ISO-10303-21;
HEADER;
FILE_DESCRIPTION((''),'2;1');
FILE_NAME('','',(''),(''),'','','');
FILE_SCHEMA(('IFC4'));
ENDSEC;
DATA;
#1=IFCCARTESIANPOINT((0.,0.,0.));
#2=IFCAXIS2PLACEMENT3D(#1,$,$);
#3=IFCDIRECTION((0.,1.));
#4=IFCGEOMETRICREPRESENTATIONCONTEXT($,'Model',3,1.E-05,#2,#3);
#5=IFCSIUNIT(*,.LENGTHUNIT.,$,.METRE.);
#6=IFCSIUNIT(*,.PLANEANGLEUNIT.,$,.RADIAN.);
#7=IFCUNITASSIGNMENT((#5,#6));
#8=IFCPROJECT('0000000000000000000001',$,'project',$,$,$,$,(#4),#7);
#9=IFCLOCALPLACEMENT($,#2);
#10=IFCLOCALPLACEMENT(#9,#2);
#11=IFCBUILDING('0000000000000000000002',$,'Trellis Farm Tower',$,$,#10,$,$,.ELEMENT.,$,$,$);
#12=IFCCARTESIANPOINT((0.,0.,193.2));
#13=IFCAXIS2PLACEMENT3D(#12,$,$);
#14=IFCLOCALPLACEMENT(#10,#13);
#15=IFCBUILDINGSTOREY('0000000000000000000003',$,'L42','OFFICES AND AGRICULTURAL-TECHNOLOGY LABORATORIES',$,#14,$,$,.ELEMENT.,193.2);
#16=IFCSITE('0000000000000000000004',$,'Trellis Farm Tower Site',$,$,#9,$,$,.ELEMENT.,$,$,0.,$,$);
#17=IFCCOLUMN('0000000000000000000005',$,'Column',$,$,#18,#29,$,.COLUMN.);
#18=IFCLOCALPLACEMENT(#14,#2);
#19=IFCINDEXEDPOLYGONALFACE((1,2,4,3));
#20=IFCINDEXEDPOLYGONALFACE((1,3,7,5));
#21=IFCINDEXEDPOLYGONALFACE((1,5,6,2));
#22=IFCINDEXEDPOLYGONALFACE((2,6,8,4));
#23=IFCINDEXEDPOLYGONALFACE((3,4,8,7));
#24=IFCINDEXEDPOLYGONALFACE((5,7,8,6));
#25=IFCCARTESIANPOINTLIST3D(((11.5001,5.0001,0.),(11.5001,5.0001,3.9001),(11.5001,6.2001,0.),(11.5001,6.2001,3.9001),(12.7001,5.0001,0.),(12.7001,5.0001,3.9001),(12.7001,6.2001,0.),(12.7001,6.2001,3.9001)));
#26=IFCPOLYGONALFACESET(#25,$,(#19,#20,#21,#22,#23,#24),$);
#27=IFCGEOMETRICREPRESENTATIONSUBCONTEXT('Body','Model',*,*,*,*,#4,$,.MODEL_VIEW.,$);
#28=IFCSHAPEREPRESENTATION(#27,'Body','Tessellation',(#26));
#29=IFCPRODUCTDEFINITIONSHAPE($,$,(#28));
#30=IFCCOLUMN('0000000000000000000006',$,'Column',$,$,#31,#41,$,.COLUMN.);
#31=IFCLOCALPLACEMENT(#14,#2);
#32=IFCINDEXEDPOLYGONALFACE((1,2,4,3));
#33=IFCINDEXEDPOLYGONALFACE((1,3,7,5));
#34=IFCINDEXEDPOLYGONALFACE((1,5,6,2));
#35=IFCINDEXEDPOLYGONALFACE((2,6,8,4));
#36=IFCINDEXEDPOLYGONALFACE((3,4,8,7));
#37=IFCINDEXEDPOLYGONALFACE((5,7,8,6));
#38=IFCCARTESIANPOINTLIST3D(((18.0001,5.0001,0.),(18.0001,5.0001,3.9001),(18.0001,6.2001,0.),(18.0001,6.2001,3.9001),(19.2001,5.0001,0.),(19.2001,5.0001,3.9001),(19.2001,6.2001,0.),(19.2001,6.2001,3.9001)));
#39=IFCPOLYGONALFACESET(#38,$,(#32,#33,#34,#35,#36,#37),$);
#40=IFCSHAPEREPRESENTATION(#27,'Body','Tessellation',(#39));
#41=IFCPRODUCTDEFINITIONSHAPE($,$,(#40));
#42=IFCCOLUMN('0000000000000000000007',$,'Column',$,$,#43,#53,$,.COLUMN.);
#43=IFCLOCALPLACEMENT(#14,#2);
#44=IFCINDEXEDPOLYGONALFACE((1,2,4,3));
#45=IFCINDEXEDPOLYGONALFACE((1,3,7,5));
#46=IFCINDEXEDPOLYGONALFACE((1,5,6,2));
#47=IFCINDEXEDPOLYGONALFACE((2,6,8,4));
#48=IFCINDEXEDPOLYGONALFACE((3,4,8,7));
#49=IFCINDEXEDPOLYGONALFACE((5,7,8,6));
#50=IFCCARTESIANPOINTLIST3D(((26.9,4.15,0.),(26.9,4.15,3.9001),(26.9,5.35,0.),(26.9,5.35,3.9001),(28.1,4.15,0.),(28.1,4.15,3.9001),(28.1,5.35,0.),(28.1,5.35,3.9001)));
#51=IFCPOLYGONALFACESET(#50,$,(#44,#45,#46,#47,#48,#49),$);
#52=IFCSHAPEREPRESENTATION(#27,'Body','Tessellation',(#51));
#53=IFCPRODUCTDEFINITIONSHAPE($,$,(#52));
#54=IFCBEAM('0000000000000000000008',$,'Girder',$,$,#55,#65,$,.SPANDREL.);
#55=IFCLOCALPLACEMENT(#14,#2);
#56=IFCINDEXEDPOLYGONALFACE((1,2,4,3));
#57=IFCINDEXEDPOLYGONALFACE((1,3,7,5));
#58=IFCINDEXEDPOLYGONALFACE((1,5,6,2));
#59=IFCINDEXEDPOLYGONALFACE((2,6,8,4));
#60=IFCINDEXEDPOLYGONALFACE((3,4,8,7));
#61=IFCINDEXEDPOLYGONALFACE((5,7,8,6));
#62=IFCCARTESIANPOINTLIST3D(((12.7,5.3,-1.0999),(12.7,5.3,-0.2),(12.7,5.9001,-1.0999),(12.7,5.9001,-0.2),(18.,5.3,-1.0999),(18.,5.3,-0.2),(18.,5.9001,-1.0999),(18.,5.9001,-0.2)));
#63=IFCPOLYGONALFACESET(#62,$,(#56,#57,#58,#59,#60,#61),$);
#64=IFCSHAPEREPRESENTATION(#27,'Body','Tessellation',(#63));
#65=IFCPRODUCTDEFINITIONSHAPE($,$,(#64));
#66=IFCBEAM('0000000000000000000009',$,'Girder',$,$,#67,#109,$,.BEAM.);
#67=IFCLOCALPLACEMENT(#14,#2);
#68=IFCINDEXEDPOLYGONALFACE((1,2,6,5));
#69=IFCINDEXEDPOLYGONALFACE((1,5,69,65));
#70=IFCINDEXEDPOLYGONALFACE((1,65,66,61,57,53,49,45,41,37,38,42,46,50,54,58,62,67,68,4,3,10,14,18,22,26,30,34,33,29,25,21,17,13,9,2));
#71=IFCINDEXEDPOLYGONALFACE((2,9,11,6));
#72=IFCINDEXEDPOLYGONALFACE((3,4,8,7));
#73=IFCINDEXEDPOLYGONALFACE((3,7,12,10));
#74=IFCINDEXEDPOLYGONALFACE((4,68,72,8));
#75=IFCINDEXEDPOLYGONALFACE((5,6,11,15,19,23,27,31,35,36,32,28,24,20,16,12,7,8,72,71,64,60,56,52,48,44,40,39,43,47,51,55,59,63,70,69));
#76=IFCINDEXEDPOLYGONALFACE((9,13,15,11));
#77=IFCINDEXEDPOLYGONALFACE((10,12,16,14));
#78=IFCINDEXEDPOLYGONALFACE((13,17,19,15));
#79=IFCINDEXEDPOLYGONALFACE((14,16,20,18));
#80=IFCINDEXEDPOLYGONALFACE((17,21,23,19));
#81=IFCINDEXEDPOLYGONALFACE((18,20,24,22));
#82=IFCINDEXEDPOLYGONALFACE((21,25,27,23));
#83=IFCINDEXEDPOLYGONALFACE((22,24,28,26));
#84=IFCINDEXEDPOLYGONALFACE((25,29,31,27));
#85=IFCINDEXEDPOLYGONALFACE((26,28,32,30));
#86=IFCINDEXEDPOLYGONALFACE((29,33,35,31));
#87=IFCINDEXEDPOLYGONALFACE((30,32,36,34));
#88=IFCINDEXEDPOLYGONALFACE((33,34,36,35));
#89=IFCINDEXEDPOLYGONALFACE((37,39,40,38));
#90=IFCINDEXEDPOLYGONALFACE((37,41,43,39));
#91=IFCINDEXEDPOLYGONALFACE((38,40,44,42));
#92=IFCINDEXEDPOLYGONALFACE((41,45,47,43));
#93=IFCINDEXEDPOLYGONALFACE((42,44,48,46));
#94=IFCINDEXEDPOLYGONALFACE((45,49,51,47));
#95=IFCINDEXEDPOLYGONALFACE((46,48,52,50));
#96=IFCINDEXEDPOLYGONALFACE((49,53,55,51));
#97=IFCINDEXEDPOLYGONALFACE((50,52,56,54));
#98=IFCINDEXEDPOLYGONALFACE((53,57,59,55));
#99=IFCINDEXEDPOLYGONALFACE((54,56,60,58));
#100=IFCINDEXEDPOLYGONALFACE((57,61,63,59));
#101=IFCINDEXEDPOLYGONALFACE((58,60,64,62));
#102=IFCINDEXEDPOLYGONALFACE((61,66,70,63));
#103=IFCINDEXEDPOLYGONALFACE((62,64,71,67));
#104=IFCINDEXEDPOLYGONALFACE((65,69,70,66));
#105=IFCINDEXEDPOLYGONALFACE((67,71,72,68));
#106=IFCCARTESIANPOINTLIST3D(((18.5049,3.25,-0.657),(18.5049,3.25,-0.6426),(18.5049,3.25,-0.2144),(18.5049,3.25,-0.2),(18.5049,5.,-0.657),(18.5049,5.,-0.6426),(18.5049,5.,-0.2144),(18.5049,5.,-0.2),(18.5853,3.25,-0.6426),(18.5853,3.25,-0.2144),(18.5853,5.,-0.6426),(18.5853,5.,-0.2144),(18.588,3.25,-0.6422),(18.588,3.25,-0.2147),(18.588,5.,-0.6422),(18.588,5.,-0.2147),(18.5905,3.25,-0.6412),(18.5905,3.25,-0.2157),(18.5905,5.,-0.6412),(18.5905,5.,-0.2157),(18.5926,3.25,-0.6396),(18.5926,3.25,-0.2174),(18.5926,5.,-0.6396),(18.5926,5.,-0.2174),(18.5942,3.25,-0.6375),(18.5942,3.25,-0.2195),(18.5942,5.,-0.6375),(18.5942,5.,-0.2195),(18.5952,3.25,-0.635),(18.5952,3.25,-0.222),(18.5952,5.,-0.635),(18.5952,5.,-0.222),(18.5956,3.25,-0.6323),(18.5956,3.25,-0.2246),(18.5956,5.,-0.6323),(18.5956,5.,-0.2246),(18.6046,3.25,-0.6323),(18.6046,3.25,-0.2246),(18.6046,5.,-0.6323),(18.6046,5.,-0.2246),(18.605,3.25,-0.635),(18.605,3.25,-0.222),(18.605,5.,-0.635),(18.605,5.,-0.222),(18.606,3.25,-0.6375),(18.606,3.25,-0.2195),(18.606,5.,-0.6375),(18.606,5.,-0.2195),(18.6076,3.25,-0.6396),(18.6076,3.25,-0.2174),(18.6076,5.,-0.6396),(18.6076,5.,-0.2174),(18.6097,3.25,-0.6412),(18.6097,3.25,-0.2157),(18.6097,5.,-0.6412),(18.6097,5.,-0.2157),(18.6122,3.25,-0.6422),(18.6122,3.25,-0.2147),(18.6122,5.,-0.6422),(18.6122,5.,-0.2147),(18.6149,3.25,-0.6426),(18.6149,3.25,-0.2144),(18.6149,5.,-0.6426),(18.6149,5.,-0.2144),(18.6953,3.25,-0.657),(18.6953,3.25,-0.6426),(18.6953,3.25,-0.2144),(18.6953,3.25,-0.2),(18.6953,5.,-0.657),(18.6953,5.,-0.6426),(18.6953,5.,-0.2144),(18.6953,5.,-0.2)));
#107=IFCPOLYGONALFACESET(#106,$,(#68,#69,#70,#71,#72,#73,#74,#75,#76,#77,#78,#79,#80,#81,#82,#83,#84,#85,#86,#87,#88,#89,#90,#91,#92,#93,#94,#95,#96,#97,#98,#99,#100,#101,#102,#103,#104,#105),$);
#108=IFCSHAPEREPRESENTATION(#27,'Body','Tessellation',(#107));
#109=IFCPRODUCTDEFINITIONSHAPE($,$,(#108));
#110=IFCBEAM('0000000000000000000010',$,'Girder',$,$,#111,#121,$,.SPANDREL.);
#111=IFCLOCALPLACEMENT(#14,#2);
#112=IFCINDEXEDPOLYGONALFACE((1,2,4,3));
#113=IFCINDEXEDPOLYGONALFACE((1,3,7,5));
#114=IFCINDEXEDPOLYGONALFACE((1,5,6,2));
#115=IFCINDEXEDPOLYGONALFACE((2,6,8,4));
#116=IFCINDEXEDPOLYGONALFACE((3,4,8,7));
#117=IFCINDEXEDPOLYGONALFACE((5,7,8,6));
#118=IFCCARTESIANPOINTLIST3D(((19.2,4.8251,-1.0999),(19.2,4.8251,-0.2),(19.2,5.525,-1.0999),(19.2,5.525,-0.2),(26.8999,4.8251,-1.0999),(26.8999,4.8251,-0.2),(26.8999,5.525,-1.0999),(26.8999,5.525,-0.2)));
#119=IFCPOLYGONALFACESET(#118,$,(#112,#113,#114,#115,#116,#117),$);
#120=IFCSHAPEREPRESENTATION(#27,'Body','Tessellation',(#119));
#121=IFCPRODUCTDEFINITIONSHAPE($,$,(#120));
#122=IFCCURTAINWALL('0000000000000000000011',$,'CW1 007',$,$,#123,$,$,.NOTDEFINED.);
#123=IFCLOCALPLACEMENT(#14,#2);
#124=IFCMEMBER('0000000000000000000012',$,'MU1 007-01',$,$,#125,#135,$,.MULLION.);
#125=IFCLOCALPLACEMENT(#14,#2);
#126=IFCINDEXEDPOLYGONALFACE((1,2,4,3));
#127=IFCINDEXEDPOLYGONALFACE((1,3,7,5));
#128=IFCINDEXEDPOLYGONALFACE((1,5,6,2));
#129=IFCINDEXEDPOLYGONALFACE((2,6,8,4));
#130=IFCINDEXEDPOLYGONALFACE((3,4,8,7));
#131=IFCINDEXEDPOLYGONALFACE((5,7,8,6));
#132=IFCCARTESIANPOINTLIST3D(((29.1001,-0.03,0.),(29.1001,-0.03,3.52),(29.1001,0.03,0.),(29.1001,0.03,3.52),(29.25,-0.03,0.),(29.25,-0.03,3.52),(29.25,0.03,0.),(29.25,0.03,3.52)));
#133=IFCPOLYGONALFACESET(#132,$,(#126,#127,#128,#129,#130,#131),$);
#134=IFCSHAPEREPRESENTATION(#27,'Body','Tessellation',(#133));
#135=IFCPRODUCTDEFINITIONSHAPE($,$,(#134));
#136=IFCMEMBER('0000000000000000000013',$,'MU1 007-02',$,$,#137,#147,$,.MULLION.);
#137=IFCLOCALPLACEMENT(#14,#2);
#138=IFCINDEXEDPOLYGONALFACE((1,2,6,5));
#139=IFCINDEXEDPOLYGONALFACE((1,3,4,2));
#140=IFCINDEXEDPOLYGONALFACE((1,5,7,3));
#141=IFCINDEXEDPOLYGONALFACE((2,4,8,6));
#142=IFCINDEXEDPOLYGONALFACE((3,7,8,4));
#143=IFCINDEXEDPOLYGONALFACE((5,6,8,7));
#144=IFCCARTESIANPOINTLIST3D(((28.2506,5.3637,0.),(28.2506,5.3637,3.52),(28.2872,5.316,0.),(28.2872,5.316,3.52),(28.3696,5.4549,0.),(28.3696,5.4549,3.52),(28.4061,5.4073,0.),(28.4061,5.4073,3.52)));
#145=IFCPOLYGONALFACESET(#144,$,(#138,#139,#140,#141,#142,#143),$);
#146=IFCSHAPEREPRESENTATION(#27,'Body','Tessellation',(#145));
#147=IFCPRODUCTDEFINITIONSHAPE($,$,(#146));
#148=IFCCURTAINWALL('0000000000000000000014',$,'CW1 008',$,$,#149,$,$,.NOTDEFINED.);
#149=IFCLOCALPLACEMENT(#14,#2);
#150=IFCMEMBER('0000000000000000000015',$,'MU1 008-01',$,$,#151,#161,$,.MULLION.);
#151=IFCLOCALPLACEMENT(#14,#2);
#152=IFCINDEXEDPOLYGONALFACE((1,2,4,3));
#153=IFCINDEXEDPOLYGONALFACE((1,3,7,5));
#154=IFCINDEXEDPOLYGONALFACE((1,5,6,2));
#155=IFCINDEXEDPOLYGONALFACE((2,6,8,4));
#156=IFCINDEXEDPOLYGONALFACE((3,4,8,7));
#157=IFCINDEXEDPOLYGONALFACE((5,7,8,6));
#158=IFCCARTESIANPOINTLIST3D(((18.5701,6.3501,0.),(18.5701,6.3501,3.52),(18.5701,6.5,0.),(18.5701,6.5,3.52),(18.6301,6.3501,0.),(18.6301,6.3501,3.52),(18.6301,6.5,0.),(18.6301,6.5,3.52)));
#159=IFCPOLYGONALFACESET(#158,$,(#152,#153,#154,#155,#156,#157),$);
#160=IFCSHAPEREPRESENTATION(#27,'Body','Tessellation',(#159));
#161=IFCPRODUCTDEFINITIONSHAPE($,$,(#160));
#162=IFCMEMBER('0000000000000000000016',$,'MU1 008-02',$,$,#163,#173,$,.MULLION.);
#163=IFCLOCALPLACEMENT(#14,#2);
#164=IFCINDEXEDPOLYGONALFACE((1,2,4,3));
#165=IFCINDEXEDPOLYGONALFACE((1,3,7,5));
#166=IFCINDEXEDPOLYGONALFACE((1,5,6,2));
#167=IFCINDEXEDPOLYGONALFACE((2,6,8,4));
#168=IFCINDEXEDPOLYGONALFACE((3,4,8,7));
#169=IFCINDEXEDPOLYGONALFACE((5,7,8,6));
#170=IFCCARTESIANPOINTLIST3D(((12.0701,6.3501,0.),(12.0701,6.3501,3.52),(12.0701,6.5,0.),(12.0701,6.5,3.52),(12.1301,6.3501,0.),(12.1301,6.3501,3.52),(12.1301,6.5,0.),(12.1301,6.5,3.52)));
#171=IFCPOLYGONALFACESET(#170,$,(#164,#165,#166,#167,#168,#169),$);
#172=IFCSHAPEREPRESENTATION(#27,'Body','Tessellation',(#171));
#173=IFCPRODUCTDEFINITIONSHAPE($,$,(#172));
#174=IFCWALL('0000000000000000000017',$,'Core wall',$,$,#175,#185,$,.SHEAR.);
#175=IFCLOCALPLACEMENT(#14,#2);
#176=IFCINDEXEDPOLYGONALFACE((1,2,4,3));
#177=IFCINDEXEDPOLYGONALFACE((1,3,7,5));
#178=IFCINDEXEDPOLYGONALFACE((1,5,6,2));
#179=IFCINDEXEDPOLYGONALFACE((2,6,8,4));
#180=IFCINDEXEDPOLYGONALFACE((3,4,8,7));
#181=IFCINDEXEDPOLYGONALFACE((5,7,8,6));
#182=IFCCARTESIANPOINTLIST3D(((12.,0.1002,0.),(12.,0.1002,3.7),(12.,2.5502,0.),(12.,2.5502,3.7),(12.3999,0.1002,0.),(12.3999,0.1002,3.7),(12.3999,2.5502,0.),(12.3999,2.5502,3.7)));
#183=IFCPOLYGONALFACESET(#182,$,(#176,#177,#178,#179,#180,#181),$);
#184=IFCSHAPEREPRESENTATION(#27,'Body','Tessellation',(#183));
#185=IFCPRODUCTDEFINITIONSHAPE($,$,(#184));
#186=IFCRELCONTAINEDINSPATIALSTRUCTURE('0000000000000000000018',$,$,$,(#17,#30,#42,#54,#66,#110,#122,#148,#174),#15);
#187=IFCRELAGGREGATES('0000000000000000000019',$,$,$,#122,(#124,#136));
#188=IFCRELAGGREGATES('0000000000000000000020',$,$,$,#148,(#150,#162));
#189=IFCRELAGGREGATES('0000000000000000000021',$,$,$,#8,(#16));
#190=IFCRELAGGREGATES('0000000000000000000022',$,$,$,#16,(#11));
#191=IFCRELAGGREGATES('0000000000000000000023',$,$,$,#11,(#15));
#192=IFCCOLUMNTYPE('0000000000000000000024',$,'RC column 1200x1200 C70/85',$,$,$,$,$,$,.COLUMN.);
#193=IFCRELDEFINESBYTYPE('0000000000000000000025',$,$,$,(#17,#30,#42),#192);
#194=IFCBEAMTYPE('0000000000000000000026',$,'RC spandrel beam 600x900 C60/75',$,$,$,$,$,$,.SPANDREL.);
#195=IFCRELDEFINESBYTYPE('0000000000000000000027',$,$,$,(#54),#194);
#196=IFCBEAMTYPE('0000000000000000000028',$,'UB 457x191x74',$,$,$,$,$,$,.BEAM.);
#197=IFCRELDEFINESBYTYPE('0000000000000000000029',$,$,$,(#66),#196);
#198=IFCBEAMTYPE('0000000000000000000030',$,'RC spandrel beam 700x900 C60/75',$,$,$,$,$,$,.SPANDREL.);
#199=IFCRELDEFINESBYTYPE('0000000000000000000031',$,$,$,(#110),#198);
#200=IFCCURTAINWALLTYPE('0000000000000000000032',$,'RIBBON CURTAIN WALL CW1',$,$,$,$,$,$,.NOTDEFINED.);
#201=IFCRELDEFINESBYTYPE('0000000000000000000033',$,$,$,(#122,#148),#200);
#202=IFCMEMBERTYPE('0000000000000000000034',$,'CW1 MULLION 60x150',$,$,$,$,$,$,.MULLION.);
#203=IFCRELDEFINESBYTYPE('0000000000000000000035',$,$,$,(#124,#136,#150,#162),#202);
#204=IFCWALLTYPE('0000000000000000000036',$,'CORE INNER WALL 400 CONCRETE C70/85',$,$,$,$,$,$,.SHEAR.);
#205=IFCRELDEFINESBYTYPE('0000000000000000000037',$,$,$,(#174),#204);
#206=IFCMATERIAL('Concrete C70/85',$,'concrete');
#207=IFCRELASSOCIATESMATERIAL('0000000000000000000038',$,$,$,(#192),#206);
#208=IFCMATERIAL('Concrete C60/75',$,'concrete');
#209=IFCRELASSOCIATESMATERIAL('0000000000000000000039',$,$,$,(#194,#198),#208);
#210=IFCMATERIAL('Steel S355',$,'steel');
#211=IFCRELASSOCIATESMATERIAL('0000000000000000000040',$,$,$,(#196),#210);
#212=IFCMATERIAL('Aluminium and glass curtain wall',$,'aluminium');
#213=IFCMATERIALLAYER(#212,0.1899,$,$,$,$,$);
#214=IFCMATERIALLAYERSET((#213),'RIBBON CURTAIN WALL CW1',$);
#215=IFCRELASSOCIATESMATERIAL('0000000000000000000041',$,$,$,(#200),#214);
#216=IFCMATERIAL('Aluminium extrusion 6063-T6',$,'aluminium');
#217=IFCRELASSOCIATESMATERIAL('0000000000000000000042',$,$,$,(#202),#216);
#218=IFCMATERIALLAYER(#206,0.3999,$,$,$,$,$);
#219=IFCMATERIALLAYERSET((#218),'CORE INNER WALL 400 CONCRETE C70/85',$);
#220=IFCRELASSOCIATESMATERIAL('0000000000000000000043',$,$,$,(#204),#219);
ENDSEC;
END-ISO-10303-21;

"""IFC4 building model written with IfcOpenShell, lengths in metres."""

from ifc_helpers import new_model, si_unit, direction, frame, frame_2d, origin, origin_2d, place, context, subcontext, project, spatial, rectangle, i_section, extrude, source, transform, mapped, material, layer, layer_set, material_profile, profile_set, type_object, element, aggregate, save


model = new_model("IFC4")

# Units and contexts
model_context = context("Model", 3, precision=1e-05, world=origin(), true_north=direction((0.0, 1.0)))
body_context = subcontext(model_context, "Body", "Model", "MODEL_VIEW")
ifc_project = project(units=[si_unit("LENGTHUNIT", "METRE"), si_unit("PLANEANGLEUNIT", "RADIAN")], contexts=[model_context])

# Site, building, storey
site_placement = place(None, origin())
site = spatial("IfcSite", under=ifc_project, at=site_placement, Name="Trellis Farm Tower Site", CompositionType="ELEMENT", RefElevation=0.0)
building_placement = place(site_placement, origin())
building = spatial("IfcBuilding", under=site, at=building_placement, Name="Trellis Farm Tower", CompositionType="ELEMENT")
storey_placement = place(building_placement, frame((0.0, 0.0, 193.2)))
storey = spatial("IfcBuildingStorey", under=building, at=storey_placement, Name="L42", Description="OFFICES AND AGRICULTURAL-TECHNOLOGY LABORATORIES", CompositionType="ELEMENT", Elevation=193.2)

# Columns
ifc_material_1 = material(Name="Concrete C70/85", Category="concrete")
ifc_material_profile_1 = material_profile(ifc_material_1, rectangle(XDim=1.2, YDim=1.2, at=origin_2d()), Name="RC column 1200x1200 C70/85")
ifc_profile_set_1 = profile_set([ifc_material_profile_1], Name="Concrete C70/85")
column_type = type_object("IfcColumnType", Name="RC column 1200x1200 C70/85", PredefinedType="COLUMN", material=ifc_profile_set_1)
shared_shape_1 = source(origin(), body_context, "Body", "SweptSolid", [
    extrude(rectangle(XDim=1.2, YDim=1.2, at=origin_2d()), origin(), (0.0, 0.0, 1.0), 3.9001),
])
for number, where, z_axis, x_axis, name in (
    (1, (12.1001, 5.6001, 0.0), (0.0, 0.0, 1.0), (1.0, 0.0, 0.0), "Column"),
    (2, (18.6001, 5.6001, 0.0), (0.0, 0.0, 1.0), (1.0, 0.0, 0.0), "Column"),
    (3, (27.5, 4.75, 0.0), (0.0, 0.0, 1.0), (1.0, 0.0, 0.0), "Column"),
):
    element("IfcColumn", number, at=place(storey_placement, frame(where, z_axis=z_axis, x_axis=x_axis)), inside=storey, type_object=column_type, Name=name, PredefinedType="COLUMN", context=body_context, shape_type="MappedRepresentation", body=[
        mapped(shared_shape_1, transform((0.0, 0.0, 0.0))),
    ])

# Beams
ifc_material_2 = material(Name="Concrete C60/75", Category="concrete")
ifc_material_profile_2 = material_profile(ifc_material_2, rectangle(XDim=0.6001, YDim=0.8999, at=origin_2d()), Name="RC spandrel beam 600x900 C60/75")
ifc_profile_set_2 = profile_set([ifc_material_profile_2], Name="Concrete C60/75")
beam_type_1 = type_object("IfcBeamType", Name="RC spandrel beam 600x900 C60/75", PredefinedType="SPANDREL", material=ifc_profile_set_2)
shared_shape_2 = source(origin(), body_context, "Body", "SweptSolid", [
    extrude(rectangle(XDim=0.6001, YDim=0.8999, at=origin_2d()), origin(), (0.0, 0.0, 1.0), 5.3),
])
beam_1_placement = place(storey_placement, frame((12.7, 5.6001, -0.6499), z_axis=(1.0, 0.0, 0.0), x_axis=(0.0, 1.0, 0.0)))
element("IfcBeam", 4, at=beam_1_placement, inside=storey, type_object=beam_type_1, Name="Girder", PredefinedType="SPANDREL", context=body_context, shape_type="MappedRepresentation", body=[
    mapped(shared_shape_2, transform((0.0, 0.0, 0.0))),
])
ifc_material_3 = material(Name="Steel S355", Category="steel")
ifc_material_profile_3 = material_profile(ifc_material_3, i_section(OverallWidth=0.1904, OverallDepth=0.457, WebThickness=0.009, FlangeThickness=0.0144, FilletRadius=0.0103, at=origin_2d()), Name="UB 457x191x74")
ifc_profile_set_3 = profile_set([ifc_material_profile_3], Name="Steel S355")
beam_type_2 = type_object("IfcBeamType", Name="UB 457x191x74", PredefinedType="BEAM", material=ifc_profile_set_3)
shared_shape_3 = source(origin(), body_context, "Body", "SweptSolid", [
    extrude(i_section(OverallWidth=0.1904, OverallDepth=0.457, WebThickness=0.009, FlangeThickness=0.0144, FilletRadius=0.0103, at=origin_2d()), origin(), (0.0, 0.0, 1.0), 1.75),
])
beam_2_placement = place(storey_placement, frame((18.6001, 3.25, -0.4285), z_axis=(0.0, 1.0, 0.0), x_axis=(-1.0, 0.0, 0.0)))
element("IfcBeam", 5, at=beam_2_placement, inside=storey, type_object=beam_type_2, Name="Girder", PredefinedType="BEAM", context=body_context, shape_type="MappedRepresentation", body=[
    mapped(shared_shape_3, transform((0.0, 0.0, 0.0))),
])
ifc_material_profile_4 = material_profile(ifc_material_2, rectangle(XDim=0.7, YDim=0.8999, at=origin_2d()), Name="RC spandrel beam 700x900 C60/75")
ifc_profile_set_4 = profile_set([ifc_material_profile_4], Name="Concrete C60/75")
beam_type_3 = type_object("IfcBeamType", Name="RC spandrel beam 700x900 C60/75", PredefinedType="SPANDREL", material=ifc_profile_set_4)
shared_shape_4 = source(origin(), body_context, "Body", "SweptSolid", [
    extrude(rectangle(XDim=0.7, YDim=0.8999, at=origin_2d()), origin(), (0.0, 0.0, 1.0), 7.7),
])
beam_3_placement = place(storey_placement, frame((19.2, 5.175, -0.6499), z_axis=(1.0, 0.0, 0.0), x_axis=(0.0, 1.0, 0.0)))
element("IfcBeam", 6, at=beam_3_placement, inside=storey, type_object=beam_type_3, Name="Girder", PredefinedType="SPANDREL", context=body_context, shape_type="MappedRepresentation", body=[
    mapped(shared_shape_4, transform((0.0, 0.0, 0.0))),
])

# Curtain walls, members
ifc_material_4 = material(Name="Aluminium and glass curtain wall", Category="aluminium")
ifc_layer_1 = layer(ifc_material_4, 0.1899)
ifc_layer_set_1 = layer_set([ifc_layer_1], Name="RIBBON CURTAIN WALL CW1")
curtain_wall_type = type_object("IfcCurtainWallType", Name="RIBBON CURTAIN WALL CW1", PredefinedType="NOTDEFINED", material=ifc_layer_set_1)
placement = place(storey_placement, origin())
curtain_wall_1 = element("IfcCurtainWall", 7, at=placement, inside=storey, type_object=curtain_wall_type, Name="CW1 007", PredefinedType="NOTDEFINED")
ifc_material_5 = material(Name="Aluminium extrusion 6063-T6", Category="aluminium")
ifc_material_profile_5 = material_profile(ifc_material_5, rectangle(XDim=0.0601, YDim=0.1499, at=origin_2d()), Name="MULLION 60x150")
ifc_profile_set_5 = profile_set([ifc_material_profile_5], Name="Aluminium extrusion 6063-T6")
member_type = type_object("IfcMemberType", Name="CW1 MULLION 60x150", PredefinedType="MULLION", material=ifc_profile_set_5)
shared_shape_5 = source(origin(), body_context, "Body", "SweptSolid", [
    extrude(rectangle(XDim=0.0601, YDim=0.1499, at=origin_2d()), origin(), (0.0, 0.0, 1.0), 3.52),
])
member_1_placement = place(storey_placement, frame((29.175, 0.0, 0.0), z_axis=(0.0, 0.0, 1.0), x_axis=(0.0, 1.0, 0.0)))
member_1 = element("IfcMember", 8, at=member_1_placement, type_object=member_type, Name="MU1 007-01", PredefinedType="MULLION", context=body_context, shape_type="MappedRepresentation", body=[
    mapped(shared_shape_5, transform((0.0, 0.0, 0.0))),
])
member_2_placement = place(storey_placement, frame((28.3284, 5.3855, 0.0), z_axis=(0.0, 0.0, 1.0), x_axis=(-0.608761, 0.793353, 0.0)))
member_2 = element("IfcMember", 9, at=member_2_placement, type_object=member_type, Name="MU1 007-02", PredefinedType="MULLION", context=body_context, shape_type="MappedRepresentation", body=[
    mapped(shared_shape_5, transform((0.0, 0.0, 0.0))),
])
aggregate(curtain_wall_1, [member_1, member_2])
curtain_wall_2 = element("IfcCurtainWall", 10, at=placement, inside=storey, type_object=curtain_wall_type, Name="CW1 008", PredefinedType="NOTDEFINED")
member_3_placement = place(storey_placement, frame((18.6001, 6.425, 0.0), z_axis=(0.0, 0.0, 1.0), x_axis=(-1.0, 0.0, 0.0)))
member_3 = element("IfcMember", 11, at=member_3_placement, type_object=member_type, Name="MU1 008-01", PredefinedType="MULLION", context=body_context, shape_type="MappedRepresentation", body=[
    mapped(shared_shape_5, transform((0.0, 0.0, 0.0))),
])
member_4_placement = place(storey_placement, frame((12.1001, 6.425, 0.0), z_axis=(0.0, 0.0, 1.0), x_axis=(-1.0, 0.0, 0.0)))
member_4 = element("IfcMember", 12, at=member_4_placement, type_object=member_type, Name="MU1 008-02", PredefinedType="MULLION", context=body_context, shape_type="MappedRepresentation", body=[
    mapped(shared_shape_5, transform((0.0, 0.0, 0.0))),
])
aggregate(curtain_wall_2, [member_3, member_4])

# Wall
ifc_layer_2 = layer(ifc_material_1, 0.3999)
ifc_layer_set_2 = layer_set([ifc_layer_2], Name="CORE INNER WALL 400 CONCRETE C70/85")
wall_type_1 = type_object("IfcWallType", Name="CORE INNER WALL 400 CONCRETE C70/85", PredefinedType="SHEAR", material=ifc_layer_set_2)
shared_shape_6 = source(origin(), body_context, "Body", "SweptSolid", [
    extrude(rectangle(XDim=2.45, YDim=0.3999, at=frame_2d((1.2251, 0.0))), origin(), (0.0, 0.0, 1.0), 3.7),
])
for number, where, z_axis, x_axis, name in (
    (13, (12.2, 0.1001, 0.0), (0.0, 0.0, 1.0), (0.0, 1.0, 0.0), "Core wall"),
):
    element("IfcWall", number, at=place(storey_placement, frame(where, z_axis=z_axis, x_axis=x_axis)), inside=storey, type_object=wall_type_1, Name=name, PredefinedType="SHEAR", context=body_context, shape_type="MappedRepresentation", body=[
        mapped(shared_shape_6, transform((0.0, 0.0, 0.0))),
    ])

save(model, "model.ifc")
